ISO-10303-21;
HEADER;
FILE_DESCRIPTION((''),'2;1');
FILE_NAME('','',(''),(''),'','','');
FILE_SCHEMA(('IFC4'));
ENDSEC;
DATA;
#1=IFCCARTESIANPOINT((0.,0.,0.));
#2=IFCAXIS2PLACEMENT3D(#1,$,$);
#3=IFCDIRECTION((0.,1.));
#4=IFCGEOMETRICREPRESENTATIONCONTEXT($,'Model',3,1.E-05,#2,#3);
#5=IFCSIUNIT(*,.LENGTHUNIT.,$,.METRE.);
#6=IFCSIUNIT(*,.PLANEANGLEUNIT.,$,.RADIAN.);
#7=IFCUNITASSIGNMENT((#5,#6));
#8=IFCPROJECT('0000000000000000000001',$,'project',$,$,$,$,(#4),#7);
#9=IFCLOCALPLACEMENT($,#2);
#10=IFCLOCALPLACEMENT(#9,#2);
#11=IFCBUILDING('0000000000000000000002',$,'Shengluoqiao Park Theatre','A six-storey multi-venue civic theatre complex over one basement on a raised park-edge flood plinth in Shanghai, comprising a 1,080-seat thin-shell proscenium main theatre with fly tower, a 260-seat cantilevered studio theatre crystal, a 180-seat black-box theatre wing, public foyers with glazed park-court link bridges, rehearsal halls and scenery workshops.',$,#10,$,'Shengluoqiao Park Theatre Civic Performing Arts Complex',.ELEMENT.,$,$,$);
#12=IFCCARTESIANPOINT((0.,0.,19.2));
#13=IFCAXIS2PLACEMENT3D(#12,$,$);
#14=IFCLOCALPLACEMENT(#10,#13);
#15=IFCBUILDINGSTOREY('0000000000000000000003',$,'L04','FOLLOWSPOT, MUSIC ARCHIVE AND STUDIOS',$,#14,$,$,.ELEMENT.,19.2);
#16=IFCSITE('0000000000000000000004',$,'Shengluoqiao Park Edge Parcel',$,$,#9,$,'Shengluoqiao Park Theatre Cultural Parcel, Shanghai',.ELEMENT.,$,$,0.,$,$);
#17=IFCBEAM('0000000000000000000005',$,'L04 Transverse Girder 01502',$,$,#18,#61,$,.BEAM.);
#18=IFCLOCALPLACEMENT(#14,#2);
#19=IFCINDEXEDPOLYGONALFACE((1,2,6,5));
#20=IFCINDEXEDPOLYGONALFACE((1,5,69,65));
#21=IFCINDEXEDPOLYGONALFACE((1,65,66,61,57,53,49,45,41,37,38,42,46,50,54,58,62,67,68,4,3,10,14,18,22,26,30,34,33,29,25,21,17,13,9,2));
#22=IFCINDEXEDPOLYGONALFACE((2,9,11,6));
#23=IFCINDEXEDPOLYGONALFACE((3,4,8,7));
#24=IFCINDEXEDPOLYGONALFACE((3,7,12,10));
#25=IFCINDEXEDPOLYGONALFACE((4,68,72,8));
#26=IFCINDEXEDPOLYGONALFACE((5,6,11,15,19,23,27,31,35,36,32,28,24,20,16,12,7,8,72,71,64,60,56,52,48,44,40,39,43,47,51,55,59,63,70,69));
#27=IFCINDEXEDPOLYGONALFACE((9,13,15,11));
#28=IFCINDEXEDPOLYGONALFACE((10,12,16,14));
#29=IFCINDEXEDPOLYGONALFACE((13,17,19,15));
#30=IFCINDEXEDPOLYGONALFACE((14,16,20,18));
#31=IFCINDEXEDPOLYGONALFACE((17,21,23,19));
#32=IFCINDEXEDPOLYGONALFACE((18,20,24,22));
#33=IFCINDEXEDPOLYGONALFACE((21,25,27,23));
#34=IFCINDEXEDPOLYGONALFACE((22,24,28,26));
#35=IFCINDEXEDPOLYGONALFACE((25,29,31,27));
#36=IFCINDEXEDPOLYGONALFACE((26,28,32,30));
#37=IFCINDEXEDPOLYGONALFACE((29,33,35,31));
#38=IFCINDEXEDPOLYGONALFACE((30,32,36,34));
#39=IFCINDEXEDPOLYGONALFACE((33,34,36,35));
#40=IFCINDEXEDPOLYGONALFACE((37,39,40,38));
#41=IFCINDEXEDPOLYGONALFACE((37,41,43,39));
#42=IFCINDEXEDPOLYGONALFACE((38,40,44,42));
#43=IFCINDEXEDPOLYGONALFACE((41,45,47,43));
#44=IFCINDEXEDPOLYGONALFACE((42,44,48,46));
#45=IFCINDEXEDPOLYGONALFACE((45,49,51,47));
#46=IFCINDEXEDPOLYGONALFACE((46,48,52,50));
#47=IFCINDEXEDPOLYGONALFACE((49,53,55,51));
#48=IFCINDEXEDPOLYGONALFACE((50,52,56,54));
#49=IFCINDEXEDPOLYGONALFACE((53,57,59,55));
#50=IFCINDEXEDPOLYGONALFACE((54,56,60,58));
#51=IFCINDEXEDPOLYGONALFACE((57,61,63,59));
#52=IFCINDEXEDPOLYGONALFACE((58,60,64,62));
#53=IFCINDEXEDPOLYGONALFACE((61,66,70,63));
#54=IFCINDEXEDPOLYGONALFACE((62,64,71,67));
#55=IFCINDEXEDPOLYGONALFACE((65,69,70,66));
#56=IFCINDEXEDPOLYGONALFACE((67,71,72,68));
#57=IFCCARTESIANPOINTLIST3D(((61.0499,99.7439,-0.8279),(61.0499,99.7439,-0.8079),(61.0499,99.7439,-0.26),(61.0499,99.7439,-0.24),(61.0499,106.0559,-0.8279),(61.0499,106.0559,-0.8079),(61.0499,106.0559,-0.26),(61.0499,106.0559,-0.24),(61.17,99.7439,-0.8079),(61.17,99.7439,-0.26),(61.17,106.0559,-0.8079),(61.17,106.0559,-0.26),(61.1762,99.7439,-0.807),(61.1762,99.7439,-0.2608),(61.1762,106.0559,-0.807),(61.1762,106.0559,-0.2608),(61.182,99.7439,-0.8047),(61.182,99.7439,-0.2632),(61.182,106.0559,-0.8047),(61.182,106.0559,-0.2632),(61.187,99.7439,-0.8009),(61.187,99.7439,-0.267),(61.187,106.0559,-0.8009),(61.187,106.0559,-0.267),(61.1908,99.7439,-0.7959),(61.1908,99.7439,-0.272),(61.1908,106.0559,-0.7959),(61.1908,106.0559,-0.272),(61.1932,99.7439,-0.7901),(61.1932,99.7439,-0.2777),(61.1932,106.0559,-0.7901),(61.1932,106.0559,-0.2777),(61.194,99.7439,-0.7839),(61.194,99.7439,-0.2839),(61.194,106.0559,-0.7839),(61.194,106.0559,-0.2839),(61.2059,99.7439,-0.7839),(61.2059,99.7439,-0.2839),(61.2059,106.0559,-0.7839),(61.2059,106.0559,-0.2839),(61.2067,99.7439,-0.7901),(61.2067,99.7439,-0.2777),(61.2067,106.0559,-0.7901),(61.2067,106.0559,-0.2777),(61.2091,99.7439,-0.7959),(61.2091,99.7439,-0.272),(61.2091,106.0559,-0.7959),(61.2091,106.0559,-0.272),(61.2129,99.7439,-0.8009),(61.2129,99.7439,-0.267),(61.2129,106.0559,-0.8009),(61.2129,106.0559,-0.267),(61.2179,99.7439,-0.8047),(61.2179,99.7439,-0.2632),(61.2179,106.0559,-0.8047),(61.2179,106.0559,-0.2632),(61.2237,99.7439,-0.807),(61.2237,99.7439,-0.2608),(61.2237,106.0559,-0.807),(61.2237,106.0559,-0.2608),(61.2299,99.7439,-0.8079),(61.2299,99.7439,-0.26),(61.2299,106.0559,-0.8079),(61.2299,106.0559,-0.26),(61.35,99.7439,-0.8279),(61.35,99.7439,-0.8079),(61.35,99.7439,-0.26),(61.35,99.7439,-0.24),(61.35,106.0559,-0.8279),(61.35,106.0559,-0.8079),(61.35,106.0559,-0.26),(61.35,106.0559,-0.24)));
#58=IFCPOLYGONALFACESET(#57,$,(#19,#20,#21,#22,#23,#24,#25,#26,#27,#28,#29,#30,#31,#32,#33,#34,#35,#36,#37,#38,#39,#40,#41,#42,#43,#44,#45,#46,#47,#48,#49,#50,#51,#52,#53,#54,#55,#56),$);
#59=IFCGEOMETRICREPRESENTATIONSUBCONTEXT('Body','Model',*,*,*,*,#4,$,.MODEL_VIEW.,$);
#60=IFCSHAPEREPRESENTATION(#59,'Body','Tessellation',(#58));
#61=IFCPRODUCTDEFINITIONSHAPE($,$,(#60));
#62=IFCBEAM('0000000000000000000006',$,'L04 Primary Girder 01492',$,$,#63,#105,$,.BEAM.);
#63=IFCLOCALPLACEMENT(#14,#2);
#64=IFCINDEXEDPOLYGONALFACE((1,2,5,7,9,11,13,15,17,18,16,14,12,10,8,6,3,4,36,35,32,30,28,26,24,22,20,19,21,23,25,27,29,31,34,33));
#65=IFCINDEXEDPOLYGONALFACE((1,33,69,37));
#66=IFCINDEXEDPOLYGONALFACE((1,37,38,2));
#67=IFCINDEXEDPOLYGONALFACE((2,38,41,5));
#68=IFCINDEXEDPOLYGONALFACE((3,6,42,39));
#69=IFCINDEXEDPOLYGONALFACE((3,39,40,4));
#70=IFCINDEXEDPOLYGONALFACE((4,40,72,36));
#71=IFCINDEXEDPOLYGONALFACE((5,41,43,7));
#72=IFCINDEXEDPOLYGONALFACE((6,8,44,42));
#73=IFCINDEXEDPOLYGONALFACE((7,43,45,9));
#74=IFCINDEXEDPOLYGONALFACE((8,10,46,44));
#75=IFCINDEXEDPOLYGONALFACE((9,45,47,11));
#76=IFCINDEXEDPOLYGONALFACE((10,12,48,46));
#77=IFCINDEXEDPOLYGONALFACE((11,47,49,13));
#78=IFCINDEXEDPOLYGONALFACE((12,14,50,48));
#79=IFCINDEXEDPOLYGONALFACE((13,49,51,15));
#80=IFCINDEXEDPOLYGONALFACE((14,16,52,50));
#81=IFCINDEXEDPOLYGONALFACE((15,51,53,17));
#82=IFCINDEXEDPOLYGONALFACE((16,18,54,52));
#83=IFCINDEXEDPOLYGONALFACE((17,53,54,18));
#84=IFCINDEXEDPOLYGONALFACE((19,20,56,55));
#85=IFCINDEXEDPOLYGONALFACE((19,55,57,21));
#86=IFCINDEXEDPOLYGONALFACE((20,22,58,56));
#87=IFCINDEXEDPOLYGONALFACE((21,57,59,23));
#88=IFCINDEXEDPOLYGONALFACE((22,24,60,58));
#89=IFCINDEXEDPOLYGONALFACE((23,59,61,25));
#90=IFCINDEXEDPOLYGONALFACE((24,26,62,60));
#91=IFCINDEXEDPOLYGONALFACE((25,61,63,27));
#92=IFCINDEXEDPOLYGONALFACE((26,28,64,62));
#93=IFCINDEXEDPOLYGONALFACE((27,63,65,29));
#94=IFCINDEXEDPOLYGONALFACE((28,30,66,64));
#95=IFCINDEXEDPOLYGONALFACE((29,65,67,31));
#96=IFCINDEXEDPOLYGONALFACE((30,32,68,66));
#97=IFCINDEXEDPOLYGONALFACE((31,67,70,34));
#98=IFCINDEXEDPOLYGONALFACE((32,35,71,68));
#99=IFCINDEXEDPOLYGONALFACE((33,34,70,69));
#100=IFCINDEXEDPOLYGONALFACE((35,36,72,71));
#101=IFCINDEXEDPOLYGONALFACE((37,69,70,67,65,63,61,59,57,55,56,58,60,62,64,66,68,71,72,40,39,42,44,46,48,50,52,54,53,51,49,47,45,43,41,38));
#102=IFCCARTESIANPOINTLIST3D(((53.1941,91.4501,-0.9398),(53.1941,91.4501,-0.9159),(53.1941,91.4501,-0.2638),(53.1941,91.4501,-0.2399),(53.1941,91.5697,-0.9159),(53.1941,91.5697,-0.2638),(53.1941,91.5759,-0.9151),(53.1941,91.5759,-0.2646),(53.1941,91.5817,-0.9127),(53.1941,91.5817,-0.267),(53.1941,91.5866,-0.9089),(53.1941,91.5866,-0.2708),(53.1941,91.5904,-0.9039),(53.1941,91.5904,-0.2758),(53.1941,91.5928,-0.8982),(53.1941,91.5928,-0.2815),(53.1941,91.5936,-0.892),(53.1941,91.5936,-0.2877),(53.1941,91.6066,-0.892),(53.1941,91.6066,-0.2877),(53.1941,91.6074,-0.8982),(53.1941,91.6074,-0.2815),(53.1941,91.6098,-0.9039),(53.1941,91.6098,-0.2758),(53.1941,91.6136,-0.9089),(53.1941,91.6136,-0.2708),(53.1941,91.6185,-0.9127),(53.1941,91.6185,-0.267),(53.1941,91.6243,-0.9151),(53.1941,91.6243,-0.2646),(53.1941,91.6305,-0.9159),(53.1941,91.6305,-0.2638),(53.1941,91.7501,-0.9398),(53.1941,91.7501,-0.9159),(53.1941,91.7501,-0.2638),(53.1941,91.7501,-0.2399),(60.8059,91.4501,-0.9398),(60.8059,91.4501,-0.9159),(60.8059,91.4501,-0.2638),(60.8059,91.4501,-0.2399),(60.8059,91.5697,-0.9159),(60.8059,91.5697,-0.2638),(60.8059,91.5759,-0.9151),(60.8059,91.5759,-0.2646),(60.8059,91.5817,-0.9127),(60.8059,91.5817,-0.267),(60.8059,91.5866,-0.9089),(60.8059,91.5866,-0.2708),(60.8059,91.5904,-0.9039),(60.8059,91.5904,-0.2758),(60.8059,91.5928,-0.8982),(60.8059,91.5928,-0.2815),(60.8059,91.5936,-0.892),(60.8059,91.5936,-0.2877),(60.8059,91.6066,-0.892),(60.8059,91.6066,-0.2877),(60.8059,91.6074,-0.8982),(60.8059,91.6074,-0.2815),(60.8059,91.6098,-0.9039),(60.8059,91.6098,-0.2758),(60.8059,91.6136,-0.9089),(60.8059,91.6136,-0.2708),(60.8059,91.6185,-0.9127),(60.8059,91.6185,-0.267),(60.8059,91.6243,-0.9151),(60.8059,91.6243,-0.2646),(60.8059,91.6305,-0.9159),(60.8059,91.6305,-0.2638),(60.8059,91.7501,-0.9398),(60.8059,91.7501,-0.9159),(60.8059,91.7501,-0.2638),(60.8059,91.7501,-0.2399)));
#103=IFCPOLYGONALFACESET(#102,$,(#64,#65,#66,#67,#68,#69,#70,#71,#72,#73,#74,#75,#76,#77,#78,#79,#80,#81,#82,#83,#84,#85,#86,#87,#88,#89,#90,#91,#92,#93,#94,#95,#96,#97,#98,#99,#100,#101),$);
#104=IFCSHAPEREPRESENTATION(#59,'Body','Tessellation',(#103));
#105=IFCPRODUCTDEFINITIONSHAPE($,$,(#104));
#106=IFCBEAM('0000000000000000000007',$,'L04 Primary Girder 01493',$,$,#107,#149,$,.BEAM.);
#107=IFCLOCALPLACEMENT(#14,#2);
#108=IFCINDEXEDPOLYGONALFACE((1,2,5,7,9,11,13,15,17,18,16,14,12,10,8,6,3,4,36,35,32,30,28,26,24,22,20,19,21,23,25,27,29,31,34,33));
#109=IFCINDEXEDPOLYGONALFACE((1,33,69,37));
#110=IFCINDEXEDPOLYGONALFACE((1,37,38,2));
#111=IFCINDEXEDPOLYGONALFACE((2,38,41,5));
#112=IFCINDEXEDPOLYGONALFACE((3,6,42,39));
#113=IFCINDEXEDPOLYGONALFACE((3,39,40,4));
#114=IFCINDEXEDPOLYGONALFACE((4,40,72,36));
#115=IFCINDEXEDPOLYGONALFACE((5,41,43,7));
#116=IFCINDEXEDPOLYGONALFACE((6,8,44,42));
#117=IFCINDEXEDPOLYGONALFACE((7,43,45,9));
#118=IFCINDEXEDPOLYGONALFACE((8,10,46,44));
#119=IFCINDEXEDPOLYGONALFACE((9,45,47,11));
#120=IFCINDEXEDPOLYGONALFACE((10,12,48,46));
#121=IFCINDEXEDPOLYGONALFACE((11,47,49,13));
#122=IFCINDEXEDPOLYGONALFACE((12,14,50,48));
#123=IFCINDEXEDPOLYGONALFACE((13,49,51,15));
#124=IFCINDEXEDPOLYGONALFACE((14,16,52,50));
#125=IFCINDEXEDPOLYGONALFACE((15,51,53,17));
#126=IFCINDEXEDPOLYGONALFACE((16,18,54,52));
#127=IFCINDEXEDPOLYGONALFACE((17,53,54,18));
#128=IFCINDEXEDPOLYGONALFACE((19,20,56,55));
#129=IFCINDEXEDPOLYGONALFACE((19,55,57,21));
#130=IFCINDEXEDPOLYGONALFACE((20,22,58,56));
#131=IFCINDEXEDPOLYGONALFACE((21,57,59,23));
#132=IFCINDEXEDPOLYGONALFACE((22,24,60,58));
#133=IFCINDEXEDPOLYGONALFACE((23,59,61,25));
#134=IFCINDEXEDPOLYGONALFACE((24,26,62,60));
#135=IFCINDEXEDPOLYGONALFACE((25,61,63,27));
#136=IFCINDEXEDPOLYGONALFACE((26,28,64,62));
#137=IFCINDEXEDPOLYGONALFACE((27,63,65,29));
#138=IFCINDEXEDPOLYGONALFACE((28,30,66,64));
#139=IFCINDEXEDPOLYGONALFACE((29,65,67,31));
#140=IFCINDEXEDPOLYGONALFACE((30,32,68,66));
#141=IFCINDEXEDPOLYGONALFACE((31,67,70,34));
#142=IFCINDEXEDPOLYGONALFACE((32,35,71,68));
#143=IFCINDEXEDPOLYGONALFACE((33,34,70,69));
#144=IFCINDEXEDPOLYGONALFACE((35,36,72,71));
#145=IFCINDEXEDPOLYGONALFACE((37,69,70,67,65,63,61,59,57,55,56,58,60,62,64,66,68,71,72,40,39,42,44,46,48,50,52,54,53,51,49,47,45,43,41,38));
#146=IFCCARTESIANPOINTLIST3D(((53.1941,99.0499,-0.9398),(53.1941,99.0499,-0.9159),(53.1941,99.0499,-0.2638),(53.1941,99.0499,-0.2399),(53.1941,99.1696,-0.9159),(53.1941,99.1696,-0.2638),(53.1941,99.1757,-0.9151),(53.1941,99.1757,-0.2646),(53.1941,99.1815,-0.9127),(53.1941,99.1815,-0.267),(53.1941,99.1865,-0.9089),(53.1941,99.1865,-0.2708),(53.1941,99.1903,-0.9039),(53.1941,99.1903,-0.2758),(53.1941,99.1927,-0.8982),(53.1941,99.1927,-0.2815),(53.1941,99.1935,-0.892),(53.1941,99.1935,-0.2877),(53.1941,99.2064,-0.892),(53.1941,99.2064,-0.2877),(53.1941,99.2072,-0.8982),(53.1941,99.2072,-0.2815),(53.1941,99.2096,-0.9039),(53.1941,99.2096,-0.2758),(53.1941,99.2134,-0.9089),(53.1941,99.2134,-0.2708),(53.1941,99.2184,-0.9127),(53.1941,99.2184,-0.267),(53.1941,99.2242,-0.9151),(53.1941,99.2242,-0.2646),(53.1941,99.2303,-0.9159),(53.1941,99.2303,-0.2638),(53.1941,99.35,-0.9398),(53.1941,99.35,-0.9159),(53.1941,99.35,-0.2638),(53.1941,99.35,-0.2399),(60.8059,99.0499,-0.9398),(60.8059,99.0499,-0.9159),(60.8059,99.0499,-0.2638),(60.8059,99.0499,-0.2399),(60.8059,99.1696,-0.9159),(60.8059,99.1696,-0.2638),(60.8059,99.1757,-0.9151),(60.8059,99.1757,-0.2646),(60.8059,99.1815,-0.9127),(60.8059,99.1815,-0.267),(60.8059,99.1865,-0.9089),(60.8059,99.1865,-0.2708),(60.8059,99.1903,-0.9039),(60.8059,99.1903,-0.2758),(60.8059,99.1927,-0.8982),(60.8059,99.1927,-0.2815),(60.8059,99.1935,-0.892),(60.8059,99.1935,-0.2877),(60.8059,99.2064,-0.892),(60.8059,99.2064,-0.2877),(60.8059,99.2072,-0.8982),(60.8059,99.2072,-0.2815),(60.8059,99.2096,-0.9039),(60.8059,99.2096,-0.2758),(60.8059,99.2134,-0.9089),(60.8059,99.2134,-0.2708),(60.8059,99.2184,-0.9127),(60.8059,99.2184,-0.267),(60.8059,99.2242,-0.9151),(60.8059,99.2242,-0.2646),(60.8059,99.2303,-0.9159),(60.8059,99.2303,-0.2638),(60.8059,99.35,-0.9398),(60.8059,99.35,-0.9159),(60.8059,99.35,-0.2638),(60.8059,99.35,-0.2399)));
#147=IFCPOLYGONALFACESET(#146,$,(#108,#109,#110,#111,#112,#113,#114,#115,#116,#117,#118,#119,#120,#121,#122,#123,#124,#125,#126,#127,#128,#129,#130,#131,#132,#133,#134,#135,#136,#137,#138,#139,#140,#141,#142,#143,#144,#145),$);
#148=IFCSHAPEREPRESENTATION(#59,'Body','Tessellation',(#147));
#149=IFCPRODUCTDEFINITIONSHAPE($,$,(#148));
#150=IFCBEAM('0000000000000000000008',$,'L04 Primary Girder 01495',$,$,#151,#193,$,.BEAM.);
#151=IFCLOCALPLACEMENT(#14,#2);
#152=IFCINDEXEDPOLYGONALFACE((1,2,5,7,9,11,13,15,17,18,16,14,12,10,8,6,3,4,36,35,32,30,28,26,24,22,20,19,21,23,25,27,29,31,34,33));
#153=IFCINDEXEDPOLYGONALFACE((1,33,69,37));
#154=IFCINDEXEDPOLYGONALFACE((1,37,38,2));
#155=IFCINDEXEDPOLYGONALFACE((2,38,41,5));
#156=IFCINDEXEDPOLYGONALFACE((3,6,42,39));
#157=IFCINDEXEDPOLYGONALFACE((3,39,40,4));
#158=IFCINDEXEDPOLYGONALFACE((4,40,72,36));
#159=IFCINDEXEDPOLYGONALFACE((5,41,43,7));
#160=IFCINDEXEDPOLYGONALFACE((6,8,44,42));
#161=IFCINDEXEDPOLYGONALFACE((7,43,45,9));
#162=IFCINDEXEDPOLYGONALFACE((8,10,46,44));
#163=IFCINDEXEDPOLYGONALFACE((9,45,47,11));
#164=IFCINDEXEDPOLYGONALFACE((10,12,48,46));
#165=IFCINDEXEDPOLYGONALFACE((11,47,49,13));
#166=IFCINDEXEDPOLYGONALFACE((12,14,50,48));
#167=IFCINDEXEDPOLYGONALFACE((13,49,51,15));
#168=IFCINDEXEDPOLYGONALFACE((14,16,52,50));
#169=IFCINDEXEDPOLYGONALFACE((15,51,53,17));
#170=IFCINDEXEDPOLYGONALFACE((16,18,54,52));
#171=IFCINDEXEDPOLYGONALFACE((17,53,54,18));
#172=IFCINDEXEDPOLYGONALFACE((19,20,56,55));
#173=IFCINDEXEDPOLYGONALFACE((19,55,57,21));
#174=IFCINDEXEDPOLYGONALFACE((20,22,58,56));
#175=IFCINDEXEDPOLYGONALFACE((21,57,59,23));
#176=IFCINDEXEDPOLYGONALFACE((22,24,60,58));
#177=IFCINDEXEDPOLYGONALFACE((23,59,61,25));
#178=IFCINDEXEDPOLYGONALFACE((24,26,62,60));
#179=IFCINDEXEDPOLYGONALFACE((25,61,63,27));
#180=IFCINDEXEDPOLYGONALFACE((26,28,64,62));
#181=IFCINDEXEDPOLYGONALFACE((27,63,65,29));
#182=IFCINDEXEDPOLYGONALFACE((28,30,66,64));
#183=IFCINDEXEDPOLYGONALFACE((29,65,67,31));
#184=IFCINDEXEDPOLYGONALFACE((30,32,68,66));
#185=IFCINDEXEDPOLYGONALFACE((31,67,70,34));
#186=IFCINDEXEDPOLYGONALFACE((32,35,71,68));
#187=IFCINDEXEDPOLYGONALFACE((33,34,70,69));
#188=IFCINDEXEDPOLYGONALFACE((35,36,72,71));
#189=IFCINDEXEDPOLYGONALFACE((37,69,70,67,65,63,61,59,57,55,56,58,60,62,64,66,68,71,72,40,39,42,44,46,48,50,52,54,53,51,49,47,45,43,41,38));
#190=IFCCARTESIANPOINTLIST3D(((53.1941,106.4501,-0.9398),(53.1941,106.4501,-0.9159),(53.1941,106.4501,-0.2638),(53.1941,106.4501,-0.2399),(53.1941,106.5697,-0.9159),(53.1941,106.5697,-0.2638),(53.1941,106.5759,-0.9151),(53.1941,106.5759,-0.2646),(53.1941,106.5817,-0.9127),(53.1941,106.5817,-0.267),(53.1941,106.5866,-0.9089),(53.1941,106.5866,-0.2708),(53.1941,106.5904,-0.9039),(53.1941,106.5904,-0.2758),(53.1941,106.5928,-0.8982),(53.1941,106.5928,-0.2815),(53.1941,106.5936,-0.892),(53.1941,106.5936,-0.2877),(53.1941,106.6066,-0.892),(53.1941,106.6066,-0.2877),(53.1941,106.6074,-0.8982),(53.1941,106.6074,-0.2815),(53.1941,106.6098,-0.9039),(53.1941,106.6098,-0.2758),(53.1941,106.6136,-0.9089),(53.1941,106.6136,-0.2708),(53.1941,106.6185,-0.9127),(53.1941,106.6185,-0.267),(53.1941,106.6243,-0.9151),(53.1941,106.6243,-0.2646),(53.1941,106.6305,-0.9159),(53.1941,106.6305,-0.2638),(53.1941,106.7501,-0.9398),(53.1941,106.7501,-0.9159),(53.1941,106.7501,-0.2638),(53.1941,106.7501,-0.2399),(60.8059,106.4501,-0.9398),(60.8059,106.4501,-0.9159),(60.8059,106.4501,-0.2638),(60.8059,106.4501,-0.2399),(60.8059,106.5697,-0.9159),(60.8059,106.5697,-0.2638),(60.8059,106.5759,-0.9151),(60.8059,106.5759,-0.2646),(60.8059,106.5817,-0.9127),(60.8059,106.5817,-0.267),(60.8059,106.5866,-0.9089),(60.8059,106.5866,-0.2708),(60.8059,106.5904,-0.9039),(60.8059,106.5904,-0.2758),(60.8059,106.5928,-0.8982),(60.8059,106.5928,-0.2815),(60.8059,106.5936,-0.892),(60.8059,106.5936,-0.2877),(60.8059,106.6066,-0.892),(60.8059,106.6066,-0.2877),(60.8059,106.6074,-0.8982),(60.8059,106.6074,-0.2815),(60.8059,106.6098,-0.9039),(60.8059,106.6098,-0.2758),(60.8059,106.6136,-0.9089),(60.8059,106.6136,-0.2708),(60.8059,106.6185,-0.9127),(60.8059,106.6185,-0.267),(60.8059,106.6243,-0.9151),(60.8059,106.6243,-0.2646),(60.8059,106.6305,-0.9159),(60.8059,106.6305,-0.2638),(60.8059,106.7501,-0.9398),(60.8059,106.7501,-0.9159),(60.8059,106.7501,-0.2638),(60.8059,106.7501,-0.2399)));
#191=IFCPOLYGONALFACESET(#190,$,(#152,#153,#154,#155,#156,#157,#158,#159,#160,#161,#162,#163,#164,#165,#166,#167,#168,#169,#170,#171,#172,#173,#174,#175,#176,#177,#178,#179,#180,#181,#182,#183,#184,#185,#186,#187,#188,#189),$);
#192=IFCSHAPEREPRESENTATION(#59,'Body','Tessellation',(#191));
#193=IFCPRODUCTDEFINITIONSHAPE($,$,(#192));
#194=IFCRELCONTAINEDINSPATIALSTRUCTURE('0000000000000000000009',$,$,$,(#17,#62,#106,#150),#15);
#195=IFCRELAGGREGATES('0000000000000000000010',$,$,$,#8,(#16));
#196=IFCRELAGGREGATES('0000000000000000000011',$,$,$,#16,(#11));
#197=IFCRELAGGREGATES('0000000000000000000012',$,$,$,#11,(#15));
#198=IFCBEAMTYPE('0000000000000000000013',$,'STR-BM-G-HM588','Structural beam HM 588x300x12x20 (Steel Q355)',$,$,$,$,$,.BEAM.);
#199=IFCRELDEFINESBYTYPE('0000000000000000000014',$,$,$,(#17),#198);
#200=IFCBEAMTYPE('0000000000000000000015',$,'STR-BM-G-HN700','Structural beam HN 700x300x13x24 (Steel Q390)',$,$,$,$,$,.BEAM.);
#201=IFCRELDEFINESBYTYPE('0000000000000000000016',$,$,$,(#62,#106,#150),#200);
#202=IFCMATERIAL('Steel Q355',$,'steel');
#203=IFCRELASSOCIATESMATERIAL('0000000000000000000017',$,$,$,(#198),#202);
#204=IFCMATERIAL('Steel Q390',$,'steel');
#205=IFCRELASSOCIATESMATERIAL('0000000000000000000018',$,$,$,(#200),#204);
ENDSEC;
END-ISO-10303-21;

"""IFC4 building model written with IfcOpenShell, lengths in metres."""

from ifc_helpers import new_model, si_unit, direction, frame, origin, origin_2d, place, context, subcontext, project, spatial, i_section, extrude, material, material_profile, profile_set, type_object, element, save


model = new_model("IFC4")

# Units and contexts
model_context = context("Model", 3, precision=1e-05, world=origin(), true_north=direction((0.0, 1.0)))
body_context = subcontext(model_context, "Body", "Model", "MODEL_VIEW")
ifc_project = project(units=[si_unit("LENGTHUNIT", "METRE"), si_unit("PLANEANGLEUNIT", "RADIAN")], contexts=[model_context])

# Site, building, storey
site_placement = place(None, origin())
site = spatial("IfcSite", under=ifc_project, at=site_placement, Name="Shengluoqiao Park Edge Parcel", LongName="Shengluoqiao Park Theatre Cultural Parcel, Shanghai", CompositionType="ELEMENT", RefElevation=0.0)
building_placement = place(site_placement, origin())
building = spatial("IfcBuilding", under=site, at=building_placement, Name="Shengluoqiao Park Theatre", Description="A six-storey multi-venue civic theatre complex over one basement on a raised park-edge flood plinth in Shanghai, comprising a 1,080-seat thin-shell proscenium main theatre with fly tower, a 260-seat cantilevered studio theatre crystal, a 180-seat black-box theatre wing, public foyers with glazed park-court link bridges, rehearsal halls and scenery workshops.", LongName="Shengluoqiao Park Theatre Civic Performing Arts Complex", CompositionType="ELEMENT")
storey_placement = place(building_placement, frame((0.0, 0.0, 19.2)))
storey = spatial("IfcBuildingStorey", under=building, at=storey_placement, Name="L04", Description="FOLLOWSPOT, MUSIC ARCHIVE AND STUDIOS", CompositionType="ELEMENT", Elevation=19.2)

# Beams
ifc_material_1 = material(Name="Steel Q355", Category="steel")
ifc_material_profile_1 = material_profile(ifc_material_1, i_section(OverallWidth=0.3, OverallDepth=0.5879, WebThickness=0.012, FlangeThickness=0.02, FilletRadius=0.0239, at=origin_2d()), Name="HM 588x300x12x20")
ifc_profile_set_1 = profile_set([ifc_material_profile_1], Name="Steel Q355")
beam_type_1 = type_object("IfcBeamType", Name="STR-BM-G-HM588", Description="Structural beam HM 588x300x12x20 (Steel Q355)", PredefinedType="BEAM", material=ifc_profile_set_1)
beam_1_placement = place(storey_placement, frame((61.2, 99.7439, -0.5339), z_axis=(0.0, 1.0, 0.0), x_axis=(-1.0, 0.0, 0.0)))
element("IfcBeam", 1, at=beam_1_placement, inside=storey, type_object=beam_type_1, Name="L04 Transverse Girder 01502", PredefinedType="BEAM", context=body_context, shape_type="SweptSolid", body=[
    extrude(i_section(OverallWidth=0.3, OverallDepth=0.5879, WebThickness=0.012, FlangeThickness=0.02, FilletRadius=0.0239, at=origin_2d()), origin(), (0.0, 0.0, 1.0), 6.312),
])
ifc_material_2 = material(Name="Steel Q390", Category="steel")
ifc_material_profile_2 = material_profile(ifc_material_2, i_section(OverallWidth=0.3, OverallDepth=0.7, WebThickness=0.0129, FlangeThickness=0.0239, FilletRadius=0.0239, at=origin_2d()), Name="HN 700x300x13x24")
ifc_profile_set_2 = profile_set([ifc_material_profile_2], Name="Steel Q390")
beam_type_2 = type_object("IfcBeamType", Name="STR-BM-G-HN700", Description="Structural beam HN 700x300x13x24 (Steel Q390)", PredefinedType="BEAM", material=ifc_profile_set_2)
for number, where, z_axis, x_axis, name in (
    (2, (53.1941, 91.6001, -0.5898), (1.0, 0.0, 0.0), (0.0, 1.0, 0.0), "L04 Primary Girder 01492"),
    (3, (53.1941, 99.2, -0.5898), (1.0, 0.0, 0.0), (0.0, 1.0, 0.0), "L04 Primary Girder 01493"),
    (4, (53.1941, 106.6001, -0.5898), (1.0, 0.0, 0.0), (0.0, 1.0, 0.0), "L04 Primary Girder 01495"),
):
    element("IfcBeam", number, at=place(storey_placement, frame(where, z_axis=z_axis, x_axis=x_axis)), inside=storey, type_object=beam_type_2, Name=name, PredefinedType="BEAM", context=body_context, shape_type="SweptSolid", body=[
        extrude(i_section(OverallWidth=0.3, OverallDepth=0.7, WebThickness=0.0129, FlangeThickness=0.0239, FilletRadius=0.0239, at=origin_2d()), origin(), (0.0, 0.0, 1.0), 7.6118),
    ])

save(model, "model.ifc")
